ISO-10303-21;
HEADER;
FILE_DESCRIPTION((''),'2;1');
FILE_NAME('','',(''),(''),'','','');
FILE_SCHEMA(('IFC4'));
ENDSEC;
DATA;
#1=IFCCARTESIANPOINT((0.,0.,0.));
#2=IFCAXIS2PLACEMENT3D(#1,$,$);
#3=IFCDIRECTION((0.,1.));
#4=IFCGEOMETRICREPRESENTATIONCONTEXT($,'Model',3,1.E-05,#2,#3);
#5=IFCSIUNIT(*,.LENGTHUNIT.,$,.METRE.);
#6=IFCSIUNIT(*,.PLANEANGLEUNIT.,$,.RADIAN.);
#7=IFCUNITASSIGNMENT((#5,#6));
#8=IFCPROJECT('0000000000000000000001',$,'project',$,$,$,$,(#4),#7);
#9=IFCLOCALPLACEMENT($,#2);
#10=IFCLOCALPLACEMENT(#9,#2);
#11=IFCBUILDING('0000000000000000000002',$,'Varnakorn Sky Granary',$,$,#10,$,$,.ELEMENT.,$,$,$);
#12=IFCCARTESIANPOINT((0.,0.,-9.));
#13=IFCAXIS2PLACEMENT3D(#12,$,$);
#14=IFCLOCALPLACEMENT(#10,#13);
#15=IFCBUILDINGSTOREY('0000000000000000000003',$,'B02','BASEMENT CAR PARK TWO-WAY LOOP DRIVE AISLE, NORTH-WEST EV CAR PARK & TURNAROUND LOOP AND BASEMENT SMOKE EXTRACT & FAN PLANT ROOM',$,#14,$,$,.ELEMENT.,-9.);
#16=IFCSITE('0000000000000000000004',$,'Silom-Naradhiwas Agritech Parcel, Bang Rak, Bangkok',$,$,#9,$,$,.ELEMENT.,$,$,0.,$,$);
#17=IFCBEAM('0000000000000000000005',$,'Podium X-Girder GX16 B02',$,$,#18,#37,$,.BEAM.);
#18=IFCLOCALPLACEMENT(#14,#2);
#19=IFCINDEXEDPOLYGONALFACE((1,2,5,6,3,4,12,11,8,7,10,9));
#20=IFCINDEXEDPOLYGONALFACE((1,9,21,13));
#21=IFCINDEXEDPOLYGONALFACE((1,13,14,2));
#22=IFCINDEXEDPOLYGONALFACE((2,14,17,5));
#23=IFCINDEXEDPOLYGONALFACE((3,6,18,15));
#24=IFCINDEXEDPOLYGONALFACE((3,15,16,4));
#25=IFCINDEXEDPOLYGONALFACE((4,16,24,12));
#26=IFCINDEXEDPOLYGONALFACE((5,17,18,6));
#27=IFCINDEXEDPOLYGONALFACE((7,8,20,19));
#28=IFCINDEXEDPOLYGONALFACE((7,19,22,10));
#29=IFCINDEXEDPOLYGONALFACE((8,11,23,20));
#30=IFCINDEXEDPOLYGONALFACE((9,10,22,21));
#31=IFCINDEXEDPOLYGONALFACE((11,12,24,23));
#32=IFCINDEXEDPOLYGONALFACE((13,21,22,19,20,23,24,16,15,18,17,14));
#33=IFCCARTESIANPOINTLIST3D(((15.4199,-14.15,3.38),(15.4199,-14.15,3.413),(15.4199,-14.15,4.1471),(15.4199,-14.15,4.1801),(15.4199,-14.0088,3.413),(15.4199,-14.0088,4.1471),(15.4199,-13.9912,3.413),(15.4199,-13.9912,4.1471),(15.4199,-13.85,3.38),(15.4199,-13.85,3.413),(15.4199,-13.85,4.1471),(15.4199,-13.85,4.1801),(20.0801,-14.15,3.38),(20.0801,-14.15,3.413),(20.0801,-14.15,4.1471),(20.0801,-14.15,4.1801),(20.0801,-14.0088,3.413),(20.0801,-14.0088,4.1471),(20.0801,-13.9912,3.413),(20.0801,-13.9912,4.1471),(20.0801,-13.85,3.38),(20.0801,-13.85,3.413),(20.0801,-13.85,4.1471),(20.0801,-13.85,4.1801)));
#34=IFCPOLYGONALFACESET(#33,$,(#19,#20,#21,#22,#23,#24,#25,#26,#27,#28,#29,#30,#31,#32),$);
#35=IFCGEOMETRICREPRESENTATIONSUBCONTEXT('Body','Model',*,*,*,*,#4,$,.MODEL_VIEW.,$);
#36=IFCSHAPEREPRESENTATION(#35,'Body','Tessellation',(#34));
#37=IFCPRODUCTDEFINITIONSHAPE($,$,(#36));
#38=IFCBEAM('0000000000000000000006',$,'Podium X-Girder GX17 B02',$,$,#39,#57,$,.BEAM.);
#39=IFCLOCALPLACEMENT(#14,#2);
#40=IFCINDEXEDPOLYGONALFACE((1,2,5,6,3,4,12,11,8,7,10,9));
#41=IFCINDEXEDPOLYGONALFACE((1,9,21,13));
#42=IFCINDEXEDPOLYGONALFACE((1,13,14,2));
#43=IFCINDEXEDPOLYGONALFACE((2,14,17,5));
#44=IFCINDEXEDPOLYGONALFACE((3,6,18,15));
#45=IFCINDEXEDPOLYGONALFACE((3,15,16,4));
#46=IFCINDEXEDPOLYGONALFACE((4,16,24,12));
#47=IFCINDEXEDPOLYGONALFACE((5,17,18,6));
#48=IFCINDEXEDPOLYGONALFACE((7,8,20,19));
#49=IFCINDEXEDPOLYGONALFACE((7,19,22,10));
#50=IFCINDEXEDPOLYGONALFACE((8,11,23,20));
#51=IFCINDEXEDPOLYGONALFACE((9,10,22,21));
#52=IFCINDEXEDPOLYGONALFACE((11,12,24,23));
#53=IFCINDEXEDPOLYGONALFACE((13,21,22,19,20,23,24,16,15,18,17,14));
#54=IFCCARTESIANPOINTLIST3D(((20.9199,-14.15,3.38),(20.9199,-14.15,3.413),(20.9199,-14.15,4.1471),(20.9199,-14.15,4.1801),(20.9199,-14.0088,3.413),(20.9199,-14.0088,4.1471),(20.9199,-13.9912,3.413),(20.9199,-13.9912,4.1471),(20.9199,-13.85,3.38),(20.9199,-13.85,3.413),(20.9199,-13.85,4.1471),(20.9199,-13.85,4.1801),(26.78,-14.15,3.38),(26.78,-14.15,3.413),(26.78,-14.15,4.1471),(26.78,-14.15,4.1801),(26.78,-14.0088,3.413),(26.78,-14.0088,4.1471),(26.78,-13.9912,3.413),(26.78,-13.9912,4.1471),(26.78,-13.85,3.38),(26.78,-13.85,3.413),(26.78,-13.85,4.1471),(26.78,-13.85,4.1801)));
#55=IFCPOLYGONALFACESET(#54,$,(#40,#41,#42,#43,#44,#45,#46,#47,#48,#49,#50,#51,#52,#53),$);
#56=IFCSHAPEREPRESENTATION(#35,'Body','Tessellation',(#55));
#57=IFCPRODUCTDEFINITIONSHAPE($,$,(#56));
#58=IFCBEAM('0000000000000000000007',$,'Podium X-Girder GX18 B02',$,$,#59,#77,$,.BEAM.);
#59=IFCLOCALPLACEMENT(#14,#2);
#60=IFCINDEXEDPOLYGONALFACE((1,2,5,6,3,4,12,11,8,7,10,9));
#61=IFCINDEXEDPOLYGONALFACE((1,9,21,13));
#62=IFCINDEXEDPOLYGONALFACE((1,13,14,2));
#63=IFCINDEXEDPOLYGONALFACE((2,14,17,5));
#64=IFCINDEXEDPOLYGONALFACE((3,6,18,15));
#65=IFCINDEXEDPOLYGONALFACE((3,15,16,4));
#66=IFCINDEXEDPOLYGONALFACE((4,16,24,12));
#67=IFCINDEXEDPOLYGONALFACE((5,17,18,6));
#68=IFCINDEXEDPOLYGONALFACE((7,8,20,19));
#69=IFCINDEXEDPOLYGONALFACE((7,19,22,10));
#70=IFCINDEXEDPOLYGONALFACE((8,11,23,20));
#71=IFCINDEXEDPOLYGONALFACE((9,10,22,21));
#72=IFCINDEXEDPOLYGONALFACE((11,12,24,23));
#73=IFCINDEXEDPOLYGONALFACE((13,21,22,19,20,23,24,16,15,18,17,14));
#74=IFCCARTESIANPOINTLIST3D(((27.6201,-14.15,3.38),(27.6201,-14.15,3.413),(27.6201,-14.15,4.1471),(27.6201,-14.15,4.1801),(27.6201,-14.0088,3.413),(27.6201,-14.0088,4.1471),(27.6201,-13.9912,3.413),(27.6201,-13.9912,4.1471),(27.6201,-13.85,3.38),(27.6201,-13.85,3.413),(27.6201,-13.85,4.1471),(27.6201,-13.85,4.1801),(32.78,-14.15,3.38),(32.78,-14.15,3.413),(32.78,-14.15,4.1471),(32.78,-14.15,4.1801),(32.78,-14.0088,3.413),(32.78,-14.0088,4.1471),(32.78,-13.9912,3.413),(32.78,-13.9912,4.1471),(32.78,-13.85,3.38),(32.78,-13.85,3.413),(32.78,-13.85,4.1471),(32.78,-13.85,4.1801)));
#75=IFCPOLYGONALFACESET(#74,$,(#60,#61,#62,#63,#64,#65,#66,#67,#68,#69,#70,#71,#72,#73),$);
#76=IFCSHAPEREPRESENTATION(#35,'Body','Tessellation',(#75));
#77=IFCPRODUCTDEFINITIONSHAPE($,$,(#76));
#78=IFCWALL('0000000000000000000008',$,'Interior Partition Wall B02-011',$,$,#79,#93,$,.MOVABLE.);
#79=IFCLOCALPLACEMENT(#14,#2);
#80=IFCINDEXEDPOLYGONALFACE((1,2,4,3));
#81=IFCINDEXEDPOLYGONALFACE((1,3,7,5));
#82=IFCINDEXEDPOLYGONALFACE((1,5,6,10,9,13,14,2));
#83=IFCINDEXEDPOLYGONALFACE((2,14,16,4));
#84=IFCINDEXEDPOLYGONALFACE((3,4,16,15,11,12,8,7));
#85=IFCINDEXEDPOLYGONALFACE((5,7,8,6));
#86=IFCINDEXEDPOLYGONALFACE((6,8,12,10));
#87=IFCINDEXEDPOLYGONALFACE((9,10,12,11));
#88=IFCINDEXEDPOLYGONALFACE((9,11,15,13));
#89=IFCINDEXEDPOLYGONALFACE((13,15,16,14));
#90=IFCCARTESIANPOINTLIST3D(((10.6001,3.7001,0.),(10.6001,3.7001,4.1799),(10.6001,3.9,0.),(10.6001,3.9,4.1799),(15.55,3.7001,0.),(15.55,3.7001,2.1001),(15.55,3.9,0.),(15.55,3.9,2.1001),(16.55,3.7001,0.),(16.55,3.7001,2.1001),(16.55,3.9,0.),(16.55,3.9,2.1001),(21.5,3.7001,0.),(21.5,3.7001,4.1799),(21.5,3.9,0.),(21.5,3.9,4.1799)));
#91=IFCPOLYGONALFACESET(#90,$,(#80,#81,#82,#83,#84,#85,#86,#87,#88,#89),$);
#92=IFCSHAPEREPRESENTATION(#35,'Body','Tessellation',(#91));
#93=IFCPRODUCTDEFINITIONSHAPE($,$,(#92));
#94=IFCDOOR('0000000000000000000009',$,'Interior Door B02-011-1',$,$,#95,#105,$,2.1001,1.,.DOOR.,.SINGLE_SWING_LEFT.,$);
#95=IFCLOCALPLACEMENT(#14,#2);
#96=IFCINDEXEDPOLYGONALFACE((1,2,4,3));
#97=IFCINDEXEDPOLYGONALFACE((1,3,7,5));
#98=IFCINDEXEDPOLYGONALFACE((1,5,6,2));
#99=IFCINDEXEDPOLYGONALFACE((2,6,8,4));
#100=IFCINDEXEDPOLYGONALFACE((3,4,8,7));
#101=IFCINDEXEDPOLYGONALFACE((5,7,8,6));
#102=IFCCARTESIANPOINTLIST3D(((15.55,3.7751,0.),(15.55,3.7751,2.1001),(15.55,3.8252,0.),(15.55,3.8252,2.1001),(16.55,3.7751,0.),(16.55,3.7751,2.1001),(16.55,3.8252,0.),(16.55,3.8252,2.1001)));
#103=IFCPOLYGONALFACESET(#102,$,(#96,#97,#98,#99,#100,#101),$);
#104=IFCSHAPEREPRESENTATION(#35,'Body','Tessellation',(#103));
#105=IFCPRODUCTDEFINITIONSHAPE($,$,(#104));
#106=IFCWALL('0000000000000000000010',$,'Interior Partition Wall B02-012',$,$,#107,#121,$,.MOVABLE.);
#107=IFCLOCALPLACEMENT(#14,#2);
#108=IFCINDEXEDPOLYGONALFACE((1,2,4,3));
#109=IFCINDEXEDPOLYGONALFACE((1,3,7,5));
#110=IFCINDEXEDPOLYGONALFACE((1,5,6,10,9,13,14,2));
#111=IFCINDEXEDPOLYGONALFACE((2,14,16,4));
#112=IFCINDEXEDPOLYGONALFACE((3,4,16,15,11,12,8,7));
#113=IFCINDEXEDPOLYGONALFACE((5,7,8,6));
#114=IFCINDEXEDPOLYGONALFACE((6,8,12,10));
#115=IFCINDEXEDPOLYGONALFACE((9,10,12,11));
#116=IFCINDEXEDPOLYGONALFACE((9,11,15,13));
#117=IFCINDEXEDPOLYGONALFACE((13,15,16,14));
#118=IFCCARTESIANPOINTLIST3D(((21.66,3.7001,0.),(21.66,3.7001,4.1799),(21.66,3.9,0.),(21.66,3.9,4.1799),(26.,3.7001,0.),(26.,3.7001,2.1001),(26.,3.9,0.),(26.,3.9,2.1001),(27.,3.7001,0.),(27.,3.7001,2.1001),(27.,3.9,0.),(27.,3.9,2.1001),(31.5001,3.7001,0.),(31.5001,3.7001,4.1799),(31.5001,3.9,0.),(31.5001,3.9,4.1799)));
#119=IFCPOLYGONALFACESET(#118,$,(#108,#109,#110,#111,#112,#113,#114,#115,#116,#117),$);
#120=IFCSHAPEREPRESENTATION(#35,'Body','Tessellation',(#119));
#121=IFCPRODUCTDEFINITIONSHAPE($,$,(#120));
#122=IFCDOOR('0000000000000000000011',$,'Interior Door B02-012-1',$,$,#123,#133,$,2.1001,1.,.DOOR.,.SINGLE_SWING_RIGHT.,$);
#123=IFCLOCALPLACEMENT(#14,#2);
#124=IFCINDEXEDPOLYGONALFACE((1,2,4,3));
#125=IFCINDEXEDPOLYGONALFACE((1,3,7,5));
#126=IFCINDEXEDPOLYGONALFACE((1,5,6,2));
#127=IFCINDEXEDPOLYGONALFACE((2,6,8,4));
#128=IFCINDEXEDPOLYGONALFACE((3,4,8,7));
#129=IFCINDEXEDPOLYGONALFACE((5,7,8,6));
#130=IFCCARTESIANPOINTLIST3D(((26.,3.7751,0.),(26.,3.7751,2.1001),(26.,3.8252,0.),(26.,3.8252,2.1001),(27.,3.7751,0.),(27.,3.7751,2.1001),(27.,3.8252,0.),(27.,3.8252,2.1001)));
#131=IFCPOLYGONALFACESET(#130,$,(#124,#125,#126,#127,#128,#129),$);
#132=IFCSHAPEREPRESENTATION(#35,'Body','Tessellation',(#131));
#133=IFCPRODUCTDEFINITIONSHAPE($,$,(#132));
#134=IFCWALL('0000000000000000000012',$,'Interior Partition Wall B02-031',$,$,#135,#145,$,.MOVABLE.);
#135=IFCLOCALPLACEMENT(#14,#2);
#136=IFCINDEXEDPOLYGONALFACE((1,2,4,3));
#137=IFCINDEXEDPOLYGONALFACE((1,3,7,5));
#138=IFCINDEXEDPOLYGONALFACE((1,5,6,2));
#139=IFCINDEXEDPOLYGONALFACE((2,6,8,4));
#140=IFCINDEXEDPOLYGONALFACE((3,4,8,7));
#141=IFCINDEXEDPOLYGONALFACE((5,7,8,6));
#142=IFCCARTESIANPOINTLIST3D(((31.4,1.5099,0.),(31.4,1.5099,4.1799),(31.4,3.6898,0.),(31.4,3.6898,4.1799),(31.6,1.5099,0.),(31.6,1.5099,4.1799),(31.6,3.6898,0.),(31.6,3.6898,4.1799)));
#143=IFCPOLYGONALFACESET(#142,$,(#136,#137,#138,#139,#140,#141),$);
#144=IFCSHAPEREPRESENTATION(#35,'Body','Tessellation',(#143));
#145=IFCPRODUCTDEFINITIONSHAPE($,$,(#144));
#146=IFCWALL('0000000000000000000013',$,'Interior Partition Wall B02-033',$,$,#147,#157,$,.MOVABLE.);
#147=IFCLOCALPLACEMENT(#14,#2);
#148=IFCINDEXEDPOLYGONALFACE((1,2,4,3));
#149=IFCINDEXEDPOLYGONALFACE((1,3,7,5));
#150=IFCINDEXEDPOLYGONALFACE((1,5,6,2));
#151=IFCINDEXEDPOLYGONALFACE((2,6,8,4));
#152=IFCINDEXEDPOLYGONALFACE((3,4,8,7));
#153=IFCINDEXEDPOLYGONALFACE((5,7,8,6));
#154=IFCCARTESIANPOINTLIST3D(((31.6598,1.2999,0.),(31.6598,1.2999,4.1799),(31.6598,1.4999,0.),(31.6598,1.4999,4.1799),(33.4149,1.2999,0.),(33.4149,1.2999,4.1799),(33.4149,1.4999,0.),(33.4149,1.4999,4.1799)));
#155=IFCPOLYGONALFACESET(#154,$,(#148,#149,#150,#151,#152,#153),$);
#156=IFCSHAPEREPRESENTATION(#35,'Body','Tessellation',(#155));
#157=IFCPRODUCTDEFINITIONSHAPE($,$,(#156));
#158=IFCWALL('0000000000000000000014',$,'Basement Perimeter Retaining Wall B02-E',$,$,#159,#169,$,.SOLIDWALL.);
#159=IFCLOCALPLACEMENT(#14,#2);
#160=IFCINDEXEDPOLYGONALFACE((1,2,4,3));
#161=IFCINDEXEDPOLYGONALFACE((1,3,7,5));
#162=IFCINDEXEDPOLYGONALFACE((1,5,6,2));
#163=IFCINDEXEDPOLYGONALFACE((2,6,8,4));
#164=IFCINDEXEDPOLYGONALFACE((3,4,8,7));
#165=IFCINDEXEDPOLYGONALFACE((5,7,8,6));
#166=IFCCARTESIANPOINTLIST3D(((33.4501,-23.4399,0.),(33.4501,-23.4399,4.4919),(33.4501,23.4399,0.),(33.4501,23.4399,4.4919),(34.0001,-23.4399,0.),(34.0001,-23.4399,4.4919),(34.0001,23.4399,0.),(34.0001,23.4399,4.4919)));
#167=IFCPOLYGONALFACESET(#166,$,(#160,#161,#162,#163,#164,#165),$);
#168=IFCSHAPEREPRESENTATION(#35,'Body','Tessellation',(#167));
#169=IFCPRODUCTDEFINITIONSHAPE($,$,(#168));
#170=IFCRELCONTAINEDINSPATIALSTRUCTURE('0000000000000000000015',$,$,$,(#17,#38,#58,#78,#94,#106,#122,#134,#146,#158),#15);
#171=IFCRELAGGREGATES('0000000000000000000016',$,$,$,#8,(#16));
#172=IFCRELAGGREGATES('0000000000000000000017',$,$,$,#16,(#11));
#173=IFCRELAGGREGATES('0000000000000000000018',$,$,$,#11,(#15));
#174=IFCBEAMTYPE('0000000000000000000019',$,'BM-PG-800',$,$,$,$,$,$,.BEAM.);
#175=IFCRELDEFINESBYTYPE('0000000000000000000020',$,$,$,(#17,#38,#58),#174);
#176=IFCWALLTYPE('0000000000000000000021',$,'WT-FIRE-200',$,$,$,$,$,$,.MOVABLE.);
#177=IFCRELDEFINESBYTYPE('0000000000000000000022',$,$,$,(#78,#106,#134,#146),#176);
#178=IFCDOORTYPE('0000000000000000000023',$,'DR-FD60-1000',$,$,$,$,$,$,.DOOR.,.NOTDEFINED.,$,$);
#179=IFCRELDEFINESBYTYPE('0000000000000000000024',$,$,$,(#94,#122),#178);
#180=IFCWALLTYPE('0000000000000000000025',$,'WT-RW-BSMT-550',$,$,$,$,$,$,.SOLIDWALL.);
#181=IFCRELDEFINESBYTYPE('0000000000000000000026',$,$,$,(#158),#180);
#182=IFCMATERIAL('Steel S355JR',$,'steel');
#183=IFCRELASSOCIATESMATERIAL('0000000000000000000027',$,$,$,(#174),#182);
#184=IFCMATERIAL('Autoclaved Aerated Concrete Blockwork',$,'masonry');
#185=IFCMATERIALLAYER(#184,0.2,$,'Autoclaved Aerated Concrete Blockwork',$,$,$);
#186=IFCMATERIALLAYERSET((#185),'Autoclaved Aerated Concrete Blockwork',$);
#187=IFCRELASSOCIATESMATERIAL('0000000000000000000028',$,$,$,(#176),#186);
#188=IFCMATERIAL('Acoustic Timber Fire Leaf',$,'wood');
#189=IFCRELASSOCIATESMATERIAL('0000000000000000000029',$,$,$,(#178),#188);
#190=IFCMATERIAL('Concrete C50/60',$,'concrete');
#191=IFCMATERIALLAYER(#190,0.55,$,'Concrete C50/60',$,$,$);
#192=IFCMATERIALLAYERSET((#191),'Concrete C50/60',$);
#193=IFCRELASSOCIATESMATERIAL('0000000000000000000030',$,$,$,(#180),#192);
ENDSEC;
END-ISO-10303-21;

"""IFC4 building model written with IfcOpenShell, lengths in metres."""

from ifc_helpers import new_model, si_unit, direction, frame, frame_2d, origin, origin_2d, place, context, subcontext, project, spatial, rectangle, i_section, extrude, material, layer, layer_set, material_profile, profile_set, type_object, element, fill, save


model = new_model("IFC4")

# Units and contexts
model_context = context("Model", 3, precision=1e-05, world=origin(), true_north=direction((0.0, 1.0)))
body_context = subcontext(model_context, "Body", "Model", "MODEL_VIEW")
ifc_project = project(units=[si_unit("LENGTHUNIT", "METRE"), si_unit("PLANEANGLEUNIT", "RADIAN")], contexts=[model_context])

# Site, building, storey
site_placement = place(None, origin())
site = spatial("IfcSite", under=ifc_project, at=site_placement, Name="Silom-Naradhiwas Agritech Parcel, Bang Rak, Bangkok", CompositionType="ELEMENT", RefElevation=0.0)
building_placement = place(site_placement, origin())
building = spatial("IfcBuilding", under=site, at=building_placement, Name="Varnakorn Sky Granary", CompositionType="ELEMENT")
storey_placement = place(building_placement, frame((0.0, 0.0, -9.0)))
storey = spatial("IfcBuildingStorey", under=building, at=storey_placement, Name="B02", Description="BASEMENT CAR PARK TWO-WAY LOOP DRIVE AISLE, NORTH-WEST EV CAR PARK & TURNAROUND LOOP AND BASEMENT SMOKE EXTRACT & FAN PLANT ROOM", CompositionType="ELEMENT", Elevation=-9.0)

# Beams
ifc_material_1 = material(Name="Steel S355JR", Category="steel")
ifc_material_profile_1 = material_profile(ifc_material_1, i_section(OverallWidth=0.3, OverallDepth=0.8, WebThickness=0.0176, FlangeThickness=0.033, at=origin_2d()), Name="HE 800 B")
ifc_profile_set_1 = profile_set([ifc_material_profile_1], Name="Steel S355JR")
beam_type_1 = type_object("IfcBeamType", Name="BM-PG-800", PredefinedType="BEAM", material=ifc_profile_set_1)
beam_1_placement = place(storey_placement, frame((15.4199, -14.0, 3.78), z_axis=(1.0, 0.0, 0.0), x_axis=(0.0, 1.0, 0.0)))
element("IfcBeam", 1, at=beam_1_placement, inside=storey, type_object=beam_type_1, Name="Podium X-Girder GX16 B02", PredefinedType="BEAM", context=body_context, shape_type="SweptSolid", body=[
    extrude(i_section(OverallWidth=0.3, OverallDepth=0.8, WebThickness=0.0176, FlangeThickness=0.033, at=origin_2d()), origin(), (0.0, 0.0, 1.0), 4.6602),
])
beam_2_placement = place(storey_placement, frame((20.9199, -14.0, 3.78), z_axis=(1.0, 0.0, 0.0), x_axis=(0.0, 1.0, 0.0)))
element("IfcBeam", 2, at=beam_2_placement, inside=storey, type_object=beam_type_1, Name="Podium X-Girder GX17 B02", PredefinedType="BEAM", context=body_context, shape_type="SweptSolid", body=[
    extrude(i_section(OverallWidth=0.3, OverallDepth=0.8, WebThickness=0.0176, FlangeThickness=0.033, at=origin_2d()), origin(), (0.0, 0.0, 1.0), 5.8601),
])
beam_3_placement = place(storey_placement, frame((27.6201, -14.0, 3.78), z_axis=(1.0, 0.0, 0.0), x_axis=(0.0, 1.0, 0.0)))
element("IfcBeam", 3, at=beam_3_placement, inside=storey, type_object=beam_type_1, Name="Podium X-Girder GX18 B02", PredefinedType="BEAM", context=body_context, shape_type="SweptSolid", body=[
    extrude(i_section(OverallWidth=0.3, OverallDepth=0.8, WebThickness=0.0176, FlangeThickness=0.033, at=origin_2d()), origin(), (0.0, 0.0, 1.0), 5.1599),
])

# Walls, openings, doors
ifc_material_2 = material(Name="Autoclaved Aerated Concrete Blockwork", Category="masonry")
ifc_layer_1 = layer(ifc_material_2, 0.2, Name="Autoclaved Aerated Concrete Blockwork")
ifc_layer_set_1 = layer_set([ifc_layer_1], Name="Autoclaved Aerated Concrete Blockwork")
wall_type_1 = type_object("IfcWallType", Name="WT-FIRE-200", PredefinedType="MOVABLE", material=ifc_layer_set_1)
wall_1_placement = place(storey_placement, frame((21.5, 3.8, 0.0), z_axis=(0.0, 0.0, 1.0), x_axis=(-1.0, 0.0, 0.0)))
wall_1 = element("IfcWall", 4, at=wall_1_placement, inside=storey, type_object=wall_type_1, Name="Interior Partition Wall B02-011", PredefinedType="MOVABLE", context=body_context, shape_type="SweptSolid", body=[
    extrude(rectangle(XDim=10.8999, YDim=0.2, at=frame_2d((5.45, 0.0))), origin(), (0.0, 0.0, 1.0), 4.1799),
])
opening_1_placement = place(wall_1_placement, frame((4.95, 0.0, 0.0)))
opening_1 = element("IfcOpeningElement", 5, at=opening_1_placement, cuts=wall_1, PredefinedType="OPENING", context=body_context, shape_type="SweptSolid", body=[
    extrude(rectangle(XDim=1.0, YDim=2.1001, at=frame_2d((0.5, 1.05))), frame((0.0, 0.1099, 0.0), z_axis=(0.0, -1.0, 0.0), x_axis=(1.0, 0.0, 0.0)), (0.0, 0.0, 1.0), 0.22),
])
ifc_material_3 = material(Name="Acoustic Timber Fire Leaf", Category="wood")
door_type = type_object("IfcDoorType", Name="DR-FD60-1000", OperationType="NOTDEFINED", PredefinedType="DOOR", material=ifc_material_3)
door_1_placement = place(opening_1_placement, origin())
door_1 = element("IfcDoor", 6, at=door_1_placement, inside=storey, type_object=door_type, Name="Interior Door B02-011-1", OperationType="SINGLE_SWING_LEFT", OverallHeight=2.1001, OverallWidth=1.0, PredefinedType="DOOR", context=body_context, shape_type="SweptSolid", body=[
    extrude(rectangle(XDim=1.0, YDim=2.1001, at=frame_2d((0.5, 1.05))), frame((0.0, 0.0249, 0.0), z_axis=(0.0, -1.0, 0.0), x_axis=(1.0, 0.0, 0.0)), (0.0, 0.0, 1.0), 0.05),
])
fill(opening_1, door_1)
wall_2_placement = place(storey_placement, frame((31.5, 3.8, 0.0), z_axis=(0.0, 0.0, 1.0), x_axis=(-1.0, 0.0, 0.0)))
wall_2 = element("IfcWall", 7, at=wall_2_placement, inside=storey, type_object=wall_type_1, Name="Interior Partition Wall B02-012", PredefinedType="MOVABLE", context=body_context, shape_type="SweptSolid", body=[
    extrude(rectangle(XDim=9.8401, YDim=0.2, at=frame_2d((4.9199, 0.0))), origin(), (0.0, 0.0, 1.0), 4.1799),
])
opening_2_placement = place(wall_2_placement, frame((4.5, 0.0, 0.0)))
opening_2 = element("IfcOpeningElement", 8, at=opening_2_placement, cuts=wall_2, PredefinedType="OPENING", context=body_context, shape_type="SweptSolid", body=[
    extrude(rectangle(XDim=1.0, YDim=2.1001, at=frame_2d((0.5, 1.05))), frame((0.0, 0.1099, 0.0), z_axis=(0.0, -1.0, 0.0), x_axis=(1.0, 0.0, 0.0)), (0.0, 0.0, 1.0), 0.22),
])
door_2_placement = place(opening_2_placement, origin())
door_2 = element("IfcDoor", 9, at=door_2_placement, inside=storey, type_object=door_type, Name="Interior Door B02-012-1", OperationType="SINGLE_SWING_RIGHT", OverallHeight=2.1001, OverallWidth=1.0, PredefinedType="DOOR", context=body_context, shape_type="SweptSolid", body=[
    extrude(rectangle(XDim=1.0, YDim=2.1001, at=frame_2d((0.5, 1.05))), frame((0.0, 0.0249, 0.0), z_axis=(0.0, -1.0, 0.0), x_axis=(1.0, 0.0, 0.0)), (0.0, 0.0, 1.0), 0.05),
])
fill(opening_2, door_2)

# Walls
wall_3_placement = place(storey_placement, frame((31.5, 1.51, 0.0), z_axis=(0.0, 0.0, 1.0), x_axis=(0.0, 1.0, 0.0)))
element("IfcWall", 10, at=wall_3_placement, inside=storey, type_object=wall_type_1, Name="Interior Partition Wall B02-031", PredefinedType="MOVABLE", context=body_context, shape_type="SweptSolid", body=[
    extrude(rectangle(XDim=2.1799, YDim=0.2, at=frame_2d((1.0898, 0.0))), origin(), (0.0, 0.0, 1.0), 4.1799),
])
wall_4_placement = place(storey_placement, frame((31.6599, 1.3999, 0.0), z_axis=(0.0, 0.0, 1.0), x_axis=(1.0, 0.0, 0.0)))
element("IfcWall", 11, at=wall_4_placement, inside=storey, type_object=wall_type_1, Name="Interior Partition Wall B02-033", PredefinedType="MOVABLE", context=body_context, shape_type="SweptSolid", body=[
    extrude(rectangle(XDim=1.7551, YDim=0.2, at=frame_2d((0.8774, 0.0))), origin(), (0.0, 0.0, 1.0), 4.1799),
])
ifc_material_4 = material(Name="Concrete C50/60", Category="concrete")
ifc_layer_2 = layer(ifc_material_4, 0.55, Name="Concrete C50/60")
ifc_layer_set_2 = layer_set([ifc_layer_2], Name="Concrete C50/60")
wall_type_2 = type_object("IfcWallType", Name="WT-RW-BSMT-550", PredefinedType="SOLIDWALL", material=ifc_layer_set_2)
wall_5_placement = place(storey_placement, frame((33.7251, -23.4399, 0.0), z_axis=(0.0, 0.0, 1.0), x_axis=(0.0, 1.0, 0.0)))
element("IfcWall", 12, at=wall_5_placement, inside=storey, type_object=wall_type_2, Name="Basement Perimeter Retaining Wall B02-E", PredefinedType="SOLIDWALL", context=body_context, shape_type="SweptSolid", body=[
    extrude(rectangle(XDim=46.8799, YDim=0.55, at=frame_2d((23.4399, 0.0))), origin(), (0.0, 0.0, 1.0), 4.4919),
])

save(model, "model.ifc")
